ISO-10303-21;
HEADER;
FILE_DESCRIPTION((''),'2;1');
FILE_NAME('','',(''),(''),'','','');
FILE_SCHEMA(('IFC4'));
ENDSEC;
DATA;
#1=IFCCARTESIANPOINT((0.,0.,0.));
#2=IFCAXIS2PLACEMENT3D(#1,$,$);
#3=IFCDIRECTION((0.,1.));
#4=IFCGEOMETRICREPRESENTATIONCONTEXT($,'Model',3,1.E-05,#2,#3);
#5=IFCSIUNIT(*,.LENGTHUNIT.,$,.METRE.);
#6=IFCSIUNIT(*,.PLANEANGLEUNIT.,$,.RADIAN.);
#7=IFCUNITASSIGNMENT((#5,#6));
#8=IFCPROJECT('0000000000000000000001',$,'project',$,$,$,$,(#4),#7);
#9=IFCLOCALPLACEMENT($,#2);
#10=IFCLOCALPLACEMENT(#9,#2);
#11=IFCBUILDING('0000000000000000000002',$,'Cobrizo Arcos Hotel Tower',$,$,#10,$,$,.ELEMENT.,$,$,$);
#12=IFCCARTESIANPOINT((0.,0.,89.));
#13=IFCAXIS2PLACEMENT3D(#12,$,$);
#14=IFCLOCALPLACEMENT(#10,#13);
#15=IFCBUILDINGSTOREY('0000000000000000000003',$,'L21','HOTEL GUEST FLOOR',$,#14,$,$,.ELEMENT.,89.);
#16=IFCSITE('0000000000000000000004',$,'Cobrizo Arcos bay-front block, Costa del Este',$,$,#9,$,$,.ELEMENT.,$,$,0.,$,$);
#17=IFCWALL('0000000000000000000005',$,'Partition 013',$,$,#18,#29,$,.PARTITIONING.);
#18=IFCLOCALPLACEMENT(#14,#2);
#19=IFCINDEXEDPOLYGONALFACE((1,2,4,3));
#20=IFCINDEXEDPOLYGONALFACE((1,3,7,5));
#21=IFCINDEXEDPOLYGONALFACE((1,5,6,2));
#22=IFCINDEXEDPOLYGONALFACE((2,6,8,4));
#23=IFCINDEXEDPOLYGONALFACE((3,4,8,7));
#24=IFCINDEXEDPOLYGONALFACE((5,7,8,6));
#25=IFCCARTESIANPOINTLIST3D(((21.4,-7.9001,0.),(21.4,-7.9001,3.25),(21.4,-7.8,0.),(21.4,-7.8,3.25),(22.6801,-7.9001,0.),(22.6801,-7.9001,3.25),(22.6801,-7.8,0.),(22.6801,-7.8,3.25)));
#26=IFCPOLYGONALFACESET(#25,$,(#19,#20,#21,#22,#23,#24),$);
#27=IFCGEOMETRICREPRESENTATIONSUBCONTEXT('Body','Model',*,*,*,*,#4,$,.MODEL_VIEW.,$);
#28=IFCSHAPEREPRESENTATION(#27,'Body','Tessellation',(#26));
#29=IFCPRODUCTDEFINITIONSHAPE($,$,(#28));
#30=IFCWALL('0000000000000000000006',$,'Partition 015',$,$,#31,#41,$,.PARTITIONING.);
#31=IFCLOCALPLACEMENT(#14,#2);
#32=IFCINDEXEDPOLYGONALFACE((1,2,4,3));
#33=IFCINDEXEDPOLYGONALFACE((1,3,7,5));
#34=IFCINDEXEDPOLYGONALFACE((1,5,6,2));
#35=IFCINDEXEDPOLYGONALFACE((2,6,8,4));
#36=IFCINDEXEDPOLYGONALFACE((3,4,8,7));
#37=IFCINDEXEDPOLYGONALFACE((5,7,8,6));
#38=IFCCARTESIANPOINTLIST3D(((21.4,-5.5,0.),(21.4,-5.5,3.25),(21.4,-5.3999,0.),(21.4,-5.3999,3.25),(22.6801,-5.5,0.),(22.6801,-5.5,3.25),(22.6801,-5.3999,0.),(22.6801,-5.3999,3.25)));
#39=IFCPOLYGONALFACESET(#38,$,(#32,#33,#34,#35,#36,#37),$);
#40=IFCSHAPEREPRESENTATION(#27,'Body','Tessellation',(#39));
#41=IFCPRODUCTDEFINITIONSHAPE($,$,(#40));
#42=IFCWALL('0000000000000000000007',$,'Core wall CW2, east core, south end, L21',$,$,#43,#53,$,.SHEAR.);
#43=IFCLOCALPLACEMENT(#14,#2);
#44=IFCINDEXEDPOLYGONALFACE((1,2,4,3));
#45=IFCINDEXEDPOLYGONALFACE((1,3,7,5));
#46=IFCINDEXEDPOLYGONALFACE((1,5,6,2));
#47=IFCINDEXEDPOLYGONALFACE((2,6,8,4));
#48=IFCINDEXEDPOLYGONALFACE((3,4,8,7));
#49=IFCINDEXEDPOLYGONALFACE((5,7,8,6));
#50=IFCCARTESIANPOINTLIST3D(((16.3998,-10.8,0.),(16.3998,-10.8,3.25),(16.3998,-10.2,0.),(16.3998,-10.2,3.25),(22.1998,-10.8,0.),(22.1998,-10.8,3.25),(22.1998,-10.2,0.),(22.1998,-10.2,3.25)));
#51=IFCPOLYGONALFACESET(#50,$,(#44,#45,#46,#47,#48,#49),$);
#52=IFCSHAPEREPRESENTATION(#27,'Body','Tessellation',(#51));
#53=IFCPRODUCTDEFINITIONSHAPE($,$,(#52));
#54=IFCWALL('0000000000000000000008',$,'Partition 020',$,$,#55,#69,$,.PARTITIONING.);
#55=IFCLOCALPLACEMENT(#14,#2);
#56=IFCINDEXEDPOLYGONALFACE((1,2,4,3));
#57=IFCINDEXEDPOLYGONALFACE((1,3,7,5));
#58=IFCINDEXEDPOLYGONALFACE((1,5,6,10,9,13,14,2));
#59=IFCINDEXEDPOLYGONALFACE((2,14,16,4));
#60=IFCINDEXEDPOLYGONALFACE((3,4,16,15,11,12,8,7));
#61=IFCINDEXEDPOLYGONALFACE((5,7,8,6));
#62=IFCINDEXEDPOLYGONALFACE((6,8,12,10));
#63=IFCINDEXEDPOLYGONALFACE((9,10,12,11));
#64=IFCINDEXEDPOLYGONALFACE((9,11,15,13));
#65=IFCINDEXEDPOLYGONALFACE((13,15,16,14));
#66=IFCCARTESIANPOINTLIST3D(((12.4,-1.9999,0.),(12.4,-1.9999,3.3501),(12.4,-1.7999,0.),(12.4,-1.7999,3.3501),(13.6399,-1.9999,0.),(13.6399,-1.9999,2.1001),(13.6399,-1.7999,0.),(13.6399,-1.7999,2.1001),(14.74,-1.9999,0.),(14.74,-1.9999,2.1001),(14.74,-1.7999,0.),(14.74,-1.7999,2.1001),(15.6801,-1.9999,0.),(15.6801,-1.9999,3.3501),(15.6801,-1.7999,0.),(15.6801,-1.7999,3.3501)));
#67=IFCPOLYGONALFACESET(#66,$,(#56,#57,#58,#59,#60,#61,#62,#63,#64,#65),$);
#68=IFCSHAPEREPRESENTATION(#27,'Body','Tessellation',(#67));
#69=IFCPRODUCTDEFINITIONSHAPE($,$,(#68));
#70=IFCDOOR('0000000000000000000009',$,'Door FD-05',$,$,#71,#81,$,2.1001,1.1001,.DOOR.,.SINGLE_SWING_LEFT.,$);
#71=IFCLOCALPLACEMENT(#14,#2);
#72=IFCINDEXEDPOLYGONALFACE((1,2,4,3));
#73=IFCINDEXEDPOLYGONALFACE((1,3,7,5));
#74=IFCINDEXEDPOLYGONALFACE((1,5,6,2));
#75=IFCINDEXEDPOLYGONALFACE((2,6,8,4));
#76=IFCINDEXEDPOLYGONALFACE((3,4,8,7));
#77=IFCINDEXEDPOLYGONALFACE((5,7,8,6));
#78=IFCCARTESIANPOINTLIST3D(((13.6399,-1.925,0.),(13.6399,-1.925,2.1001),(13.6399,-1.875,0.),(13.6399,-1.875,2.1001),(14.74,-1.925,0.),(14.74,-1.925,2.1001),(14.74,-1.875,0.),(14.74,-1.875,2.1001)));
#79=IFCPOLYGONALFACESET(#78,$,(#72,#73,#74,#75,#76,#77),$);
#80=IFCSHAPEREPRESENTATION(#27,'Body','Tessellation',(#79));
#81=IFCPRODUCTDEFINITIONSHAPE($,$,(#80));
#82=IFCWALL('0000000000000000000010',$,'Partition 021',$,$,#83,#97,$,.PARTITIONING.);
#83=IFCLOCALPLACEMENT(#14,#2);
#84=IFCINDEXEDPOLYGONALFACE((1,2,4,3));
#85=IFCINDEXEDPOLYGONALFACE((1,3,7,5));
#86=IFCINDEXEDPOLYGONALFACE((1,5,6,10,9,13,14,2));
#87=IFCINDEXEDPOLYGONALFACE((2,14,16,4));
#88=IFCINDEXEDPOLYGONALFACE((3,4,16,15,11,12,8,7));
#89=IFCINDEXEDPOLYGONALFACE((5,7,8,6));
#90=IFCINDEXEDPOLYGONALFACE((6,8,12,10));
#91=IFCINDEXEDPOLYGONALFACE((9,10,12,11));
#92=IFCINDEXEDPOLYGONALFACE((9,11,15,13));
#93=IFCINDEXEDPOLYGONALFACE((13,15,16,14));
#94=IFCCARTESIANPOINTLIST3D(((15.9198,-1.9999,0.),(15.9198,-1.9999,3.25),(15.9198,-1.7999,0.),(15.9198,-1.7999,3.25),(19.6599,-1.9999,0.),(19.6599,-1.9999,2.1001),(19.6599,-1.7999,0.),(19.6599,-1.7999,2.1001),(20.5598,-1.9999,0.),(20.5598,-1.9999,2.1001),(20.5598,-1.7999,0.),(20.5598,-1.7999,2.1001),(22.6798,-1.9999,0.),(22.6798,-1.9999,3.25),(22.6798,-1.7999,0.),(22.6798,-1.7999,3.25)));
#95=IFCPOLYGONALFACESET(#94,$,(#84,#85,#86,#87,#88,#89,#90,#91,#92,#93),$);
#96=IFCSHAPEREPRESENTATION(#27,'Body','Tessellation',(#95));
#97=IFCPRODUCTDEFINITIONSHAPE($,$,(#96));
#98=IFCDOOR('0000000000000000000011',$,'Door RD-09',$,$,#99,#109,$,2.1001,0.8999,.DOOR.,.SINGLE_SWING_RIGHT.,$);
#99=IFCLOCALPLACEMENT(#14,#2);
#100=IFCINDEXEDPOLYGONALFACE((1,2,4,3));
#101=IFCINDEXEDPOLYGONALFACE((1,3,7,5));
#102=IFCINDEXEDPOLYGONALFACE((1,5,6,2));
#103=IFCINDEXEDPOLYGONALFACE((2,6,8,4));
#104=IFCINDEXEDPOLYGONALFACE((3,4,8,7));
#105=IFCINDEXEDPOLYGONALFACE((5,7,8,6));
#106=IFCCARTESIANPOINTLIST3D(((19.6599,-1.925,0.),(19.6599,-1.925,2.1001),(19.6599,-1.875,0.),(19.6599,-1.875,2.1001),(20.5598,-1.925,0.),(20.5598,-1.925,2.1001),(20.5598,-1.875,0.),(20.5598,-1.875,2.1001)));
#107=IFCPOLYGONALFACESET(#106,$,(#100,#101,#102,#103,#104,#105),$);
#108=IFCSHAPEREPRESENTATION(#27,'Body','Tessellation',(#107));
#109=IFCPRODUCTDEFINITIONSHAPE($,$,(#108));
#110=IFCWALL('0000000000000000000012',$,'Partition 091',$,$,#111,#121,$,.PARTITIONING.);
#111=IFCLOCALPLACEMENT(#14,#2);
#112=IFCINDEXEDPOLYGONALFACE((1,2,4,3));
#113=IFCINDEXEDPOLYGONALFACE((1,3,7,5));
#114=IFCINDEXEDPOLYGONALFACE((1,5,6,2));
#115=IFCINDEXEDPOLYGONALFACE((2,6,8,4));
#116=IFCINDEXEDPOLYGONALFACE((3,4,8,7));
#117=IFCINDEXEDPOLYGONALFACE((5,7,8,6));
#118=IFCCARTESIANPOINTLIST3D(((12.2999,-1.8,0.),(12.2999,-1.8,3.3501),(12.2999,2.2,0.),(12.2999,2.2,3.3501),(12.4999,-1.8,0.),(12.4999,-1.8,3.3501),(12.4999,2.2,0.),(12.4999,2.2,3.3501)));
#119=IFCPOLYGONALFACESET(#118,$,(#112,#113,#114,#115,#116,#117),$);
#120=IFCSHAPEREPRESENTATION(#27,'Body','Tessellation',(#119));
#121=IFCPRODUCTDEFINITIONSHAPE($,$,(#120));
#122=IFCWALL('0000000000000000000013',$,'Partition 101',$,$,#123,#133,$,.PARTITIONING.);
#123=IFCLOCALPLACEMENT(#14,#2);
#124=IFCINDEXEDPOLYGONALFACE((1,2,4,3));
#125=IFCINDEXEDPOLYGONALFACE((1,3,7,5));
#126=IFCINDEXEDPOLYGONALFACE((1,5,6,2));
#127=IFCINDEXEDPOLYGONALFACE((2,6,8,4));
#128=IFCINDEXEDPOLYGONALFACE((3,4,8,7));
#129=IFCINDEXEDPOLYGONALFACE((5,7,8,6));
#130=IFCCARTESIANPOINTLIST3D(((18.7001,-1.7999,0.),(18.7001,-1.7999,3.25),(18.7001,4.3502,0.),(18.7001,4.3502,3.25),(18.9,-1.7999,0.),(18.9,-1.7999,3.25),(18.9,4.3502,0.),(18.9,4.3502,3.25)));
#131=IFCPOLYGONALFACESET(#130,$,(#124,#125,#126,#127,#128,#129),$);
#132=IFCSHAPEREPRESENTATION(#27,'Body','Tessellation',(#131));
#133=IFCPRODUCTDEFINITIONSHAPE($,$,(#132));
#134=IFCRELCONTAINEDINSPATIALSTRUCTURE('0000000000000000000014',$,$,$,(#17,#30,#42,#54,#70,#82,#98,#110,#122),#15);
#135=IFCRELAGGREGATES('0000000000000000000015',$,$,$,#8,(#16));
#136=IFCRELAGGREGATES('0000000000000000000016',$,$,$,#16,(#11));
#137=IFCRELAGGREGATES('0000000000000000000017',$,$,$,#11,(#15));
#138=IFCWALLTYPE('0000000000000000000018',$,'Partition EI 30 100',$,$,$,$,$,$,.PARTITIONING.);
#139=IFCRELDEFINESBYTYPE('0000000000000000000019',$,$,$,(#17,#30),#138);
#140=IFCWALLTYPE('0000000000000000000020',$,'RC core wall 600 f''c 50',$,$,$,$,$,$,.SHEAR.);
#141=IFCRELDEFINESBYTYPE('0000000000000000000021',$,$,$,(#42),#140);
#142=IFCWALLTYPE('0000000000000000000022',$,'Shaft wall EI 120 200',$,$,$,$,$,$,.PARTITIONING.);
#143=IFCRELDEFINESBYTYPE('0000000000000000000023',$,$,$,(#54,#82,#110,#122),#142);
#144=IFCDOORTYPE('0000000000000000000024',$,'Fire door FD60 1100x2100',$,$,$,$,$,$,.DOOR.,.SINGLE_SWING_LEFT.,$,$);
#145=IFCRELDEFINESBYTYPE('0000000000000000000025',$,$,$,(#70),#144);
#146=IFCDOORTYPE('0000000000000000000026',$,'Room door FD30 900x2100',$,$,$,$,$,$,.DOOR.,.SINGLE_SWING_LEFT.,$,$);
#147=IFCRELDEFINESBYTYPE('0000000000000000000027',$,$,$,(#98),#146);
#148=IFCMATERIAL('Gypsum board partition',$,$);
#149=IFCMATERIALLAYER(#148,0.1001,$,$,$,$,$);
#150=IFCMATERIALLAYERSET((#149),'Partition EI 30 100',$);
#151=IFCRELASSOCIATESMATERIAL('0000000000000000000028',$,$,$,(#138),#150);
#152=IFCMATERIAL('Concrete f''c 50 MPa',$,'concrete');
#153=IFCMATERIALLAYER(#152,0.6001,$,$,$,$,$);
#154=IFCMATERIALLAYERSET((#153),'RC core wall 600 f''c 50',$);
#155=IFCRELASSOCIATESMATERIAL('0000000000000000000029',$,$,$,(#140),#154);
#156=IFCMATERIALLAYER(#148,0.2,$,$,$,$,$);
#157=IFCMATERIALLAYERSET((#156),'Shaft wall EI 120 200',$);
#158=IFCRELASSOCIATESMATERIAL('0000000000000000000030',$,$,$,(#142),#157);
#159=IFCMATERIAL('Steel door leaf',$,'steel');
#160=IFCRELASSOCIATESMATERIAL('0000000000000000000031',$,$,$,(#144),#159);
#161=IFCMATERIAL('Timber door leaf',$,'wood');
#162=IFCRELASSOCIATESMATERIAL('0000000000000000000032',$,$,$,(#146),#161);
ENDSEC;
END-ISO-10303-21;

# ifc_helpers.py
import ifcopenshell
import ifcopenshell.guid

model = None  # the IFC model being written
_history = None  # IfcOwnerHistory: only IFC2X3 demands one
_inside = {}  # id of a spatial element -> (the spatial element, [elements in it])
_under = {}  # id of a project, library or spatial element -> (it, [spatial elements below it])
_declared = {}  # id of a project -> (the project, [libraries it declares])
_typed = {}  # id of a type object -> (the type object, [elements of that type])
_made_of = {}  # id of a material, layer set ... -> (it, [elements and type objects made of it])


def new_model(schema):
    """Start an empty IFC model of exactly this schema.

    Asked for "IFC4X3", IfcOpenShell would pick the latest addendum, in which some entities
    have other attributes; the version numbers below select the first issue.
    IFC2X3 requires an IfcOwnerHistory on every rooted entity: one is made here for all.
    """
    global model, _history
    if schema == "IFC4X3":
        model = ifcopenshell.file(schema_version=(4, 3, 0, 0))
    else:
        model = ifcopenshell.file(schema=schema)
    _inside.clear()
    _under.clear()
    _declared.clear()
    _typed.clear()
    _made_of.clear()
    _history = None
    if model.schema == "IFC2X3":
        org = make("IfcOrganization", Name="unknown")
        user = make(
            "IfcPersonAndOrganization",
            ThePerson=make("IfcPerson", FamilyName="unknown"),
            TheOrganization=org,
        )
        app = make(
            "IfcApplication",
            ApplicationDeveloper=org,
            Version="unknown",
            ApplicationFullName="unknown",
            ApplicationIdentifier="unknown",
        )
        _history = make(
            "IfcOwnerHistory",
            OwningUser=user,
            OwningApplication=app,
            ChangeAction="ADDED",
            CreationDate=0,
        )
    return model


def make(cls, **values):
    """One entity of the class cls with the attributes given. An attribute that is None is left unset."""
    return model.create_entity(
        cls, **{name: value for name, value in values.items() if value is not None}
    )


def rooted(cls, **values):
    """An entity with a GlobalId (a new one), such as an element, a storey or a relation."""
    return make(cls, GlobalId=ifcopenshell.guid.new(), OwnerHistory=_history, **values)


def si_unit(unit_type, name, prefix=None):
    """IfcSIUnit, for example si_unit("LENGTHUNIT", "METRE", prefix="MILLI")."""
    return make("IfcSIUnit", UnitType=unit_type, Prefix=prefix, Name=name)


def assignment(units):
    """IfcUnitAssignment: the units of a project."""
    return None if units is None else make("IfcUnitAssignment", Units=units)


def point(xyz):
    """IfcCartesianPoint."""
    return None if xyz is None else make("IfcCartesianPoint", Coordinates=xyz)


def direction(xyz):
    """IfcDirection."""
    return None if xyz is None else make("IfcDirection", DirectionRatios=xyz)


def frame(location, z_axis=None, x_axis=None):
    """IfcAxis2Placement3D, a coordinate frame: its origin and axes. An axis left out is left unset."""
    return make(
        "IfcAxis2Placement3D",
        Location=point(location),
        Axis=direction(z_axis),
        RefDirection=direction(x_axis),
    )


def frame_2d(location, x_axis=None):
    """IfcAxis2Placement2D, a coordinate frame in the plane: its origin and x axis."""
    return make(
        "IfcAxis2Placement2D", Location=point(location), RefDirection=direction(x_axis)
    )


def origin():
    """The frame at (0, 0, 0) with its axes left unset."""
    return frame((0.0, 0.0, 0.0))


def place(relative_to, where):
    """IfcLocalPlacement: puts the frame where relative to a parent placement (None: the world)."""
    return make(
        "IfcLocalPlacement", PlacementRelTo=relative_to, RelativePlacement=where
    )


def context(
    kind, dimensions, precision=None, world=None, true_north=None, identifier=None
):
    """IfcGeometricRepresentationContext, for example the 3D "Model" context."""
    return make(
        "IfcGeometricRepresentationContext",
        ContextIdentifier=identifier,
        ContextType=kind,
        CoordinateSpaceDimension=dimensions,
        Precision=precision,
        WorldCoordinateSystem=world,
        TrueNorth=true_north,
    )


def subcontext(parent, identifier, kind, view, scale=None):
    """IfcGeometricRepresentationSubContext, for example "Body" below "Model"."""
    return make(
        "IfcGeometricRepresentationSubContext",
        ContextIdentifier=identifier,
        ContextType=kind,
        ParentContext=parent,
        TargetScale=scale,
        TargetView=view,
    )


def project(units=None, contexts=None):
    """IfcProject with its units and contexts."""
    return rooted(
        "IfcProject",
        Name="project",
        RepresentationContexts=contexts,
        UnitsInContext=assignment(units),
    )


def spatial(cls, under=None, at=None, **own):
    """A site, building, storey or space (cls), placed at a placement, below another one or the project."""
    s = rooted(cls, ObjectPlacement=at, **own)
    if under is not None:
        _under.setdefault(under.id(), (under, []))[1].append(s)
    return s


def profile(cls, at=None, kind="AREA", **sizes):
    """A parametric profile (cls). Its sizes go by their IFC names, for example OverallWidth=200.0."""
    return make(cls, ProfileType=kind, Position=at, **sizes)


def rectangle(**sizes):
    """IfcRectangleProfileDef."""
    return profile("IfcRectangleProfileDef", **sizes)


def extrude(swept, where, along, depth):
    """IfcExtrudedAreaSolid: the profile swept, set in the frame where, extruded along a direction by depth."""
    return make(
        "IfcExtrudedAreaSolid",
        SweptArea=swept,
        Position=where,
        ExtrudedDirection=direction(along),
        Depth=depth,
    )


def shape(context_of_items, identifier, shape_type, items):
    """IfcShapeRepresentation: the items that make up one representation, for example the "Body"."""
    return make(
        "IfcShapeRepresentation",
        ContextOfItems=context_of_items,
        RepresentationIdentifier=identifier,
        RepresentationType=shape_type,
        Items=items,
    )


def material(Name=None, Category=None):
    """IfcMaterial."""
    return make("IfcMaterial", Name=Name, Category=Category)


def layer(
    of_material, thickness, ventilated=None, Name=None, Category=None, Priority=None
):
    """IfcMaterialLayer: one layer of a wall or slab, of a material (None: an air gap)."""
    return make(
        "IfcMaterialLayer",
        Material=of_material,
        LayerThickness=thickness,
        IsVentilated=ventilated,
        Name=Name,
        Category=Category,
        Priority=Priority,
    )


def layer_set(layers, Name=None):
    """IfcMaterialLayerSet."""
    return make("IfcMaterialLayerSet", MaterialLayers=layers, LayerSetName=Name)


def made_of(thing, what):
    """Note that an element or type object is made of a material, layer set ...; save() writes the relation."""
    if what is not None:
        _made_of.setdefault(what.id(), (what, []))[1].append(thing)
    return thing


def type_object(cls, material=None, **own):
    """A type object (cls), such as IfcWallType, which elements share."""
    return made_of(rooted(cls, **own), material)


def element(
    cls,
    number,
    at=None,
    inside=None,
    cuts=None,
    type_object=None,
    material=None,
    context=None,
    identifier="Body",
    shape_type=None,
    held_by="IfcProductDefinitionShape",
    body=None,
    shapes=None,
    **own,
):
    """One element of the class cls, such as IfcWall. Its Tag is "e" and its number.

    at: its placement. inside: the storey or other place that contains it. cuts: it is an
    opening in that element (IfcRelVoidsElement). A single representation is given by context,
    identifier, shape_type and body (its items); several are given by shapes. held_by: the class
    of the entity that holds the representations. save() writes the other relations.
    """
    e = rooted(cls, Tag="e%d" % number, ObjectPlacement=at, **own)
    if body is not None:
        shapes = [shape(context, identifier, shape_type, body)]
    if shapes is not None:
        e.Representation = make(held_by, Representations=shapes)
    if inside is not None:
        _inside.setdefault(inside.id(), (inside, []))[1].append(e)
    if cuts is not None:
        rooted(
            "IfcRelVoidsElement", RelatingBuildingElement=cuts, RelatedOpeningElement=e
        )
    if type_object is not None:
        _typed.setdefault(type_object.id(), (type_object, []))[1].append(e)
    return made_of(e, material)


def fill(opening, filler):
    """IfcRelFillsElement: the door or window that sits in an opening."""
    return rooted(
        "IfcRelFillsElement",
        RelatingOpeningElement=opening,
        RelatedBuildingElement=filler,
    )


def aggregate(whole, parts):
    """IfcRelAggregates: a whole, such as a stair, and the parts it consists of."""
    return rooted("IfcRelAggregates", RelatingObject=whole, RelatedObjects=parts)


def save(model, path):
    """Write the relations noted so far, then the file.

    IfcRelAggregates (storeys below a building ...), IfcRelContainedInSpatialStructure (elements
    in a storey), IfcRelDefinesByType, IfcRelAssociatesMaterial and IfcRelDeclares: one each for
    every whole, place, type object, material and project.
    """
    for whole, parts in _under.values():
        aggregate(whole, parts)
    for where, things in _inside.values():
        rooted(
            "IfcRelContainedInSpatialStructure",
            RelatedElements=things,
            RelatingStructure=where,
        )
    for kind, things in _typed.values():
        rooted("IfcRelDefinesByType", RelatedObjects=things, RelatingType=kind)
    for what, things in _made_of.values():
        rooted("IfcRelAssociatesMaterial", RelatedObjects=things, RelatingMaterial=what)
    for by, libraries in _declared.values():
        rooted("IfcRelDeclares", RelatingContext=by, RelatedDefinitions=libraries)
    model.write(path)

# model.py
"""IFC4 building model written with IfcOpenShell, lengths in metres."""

from ifc_helpers import new_model, si_unit, direction, frame, frame_2d, origin, place, context, subcontext, project, spatial, rectangle, extrude, material, layer, layer_set, type_object, element, fill, save


model = new_model("IFC4")

# Units and contexts
model_context = context("Model", 3, precision=1e-05, world=origin(), true_north=direction((0.0, 1.0)))
body_context = subcontext(model_context, "Body", "Model", "MODEL_VIEW")
ifc_project = project(units=[si_unit("LENGTHUNIT", "METRE"), si_unit("PLANEANGLEUNIT", "RADIAN")], contexts=[model_context])

# Site, building, storey
site_placement = place(None, origin())
site = spatial("IfcSite", under=ifc_project, at=site_placement, Name="Cobrizo Arcos bay-front block, Costa del Este", CompositionType="ELEMENT", RefElevation=0.0)
building_placement = place(site_placement, origin())
building = spatial("IfcBuilding", under=site, at=building_placement, Name="Cobrizo Arcos Hotel Tower", CompositionType="ELEMENT")
storey_placement = place(building_placement, frame((0.0, 0.0, 89.0)))
storey = spatial("IfcBuildingStorey", under=building, at=storey_placement, Name="L21", Description="HOTEL GUEST FLOOR", CompositionType="ELEMENT", Elevation=89.0)

# Walls
ifc_material_1 = material(Name="Gypsum board partition")
ifc_layer_1 = layer(ifc_material_1, 0.1001)
ifc_layer_set_1 = layer_set([ifc_layer_1], Name="Partition EI 30 100")
wall_type_1 = type_object("IfcWallType", Name="Partition EI 30 100", PredefinedType="PARTITIONING", material=ifc_layer_set_1)
for number, where, z_axis, x_axis, name in (
    (1, (21.3999, -7.8501, 0.0), (0.0, 0.0, 1.0), (1.0, 0.0, 0.0), "Partition 013"),
    (2, (21.3999, -5.45, 0.0), (0.0, 0.0, 1.0), (1.0, 0.0, 0.0), "Partition 015"),
):
    element("IfcWall", number, at=place(storey_placement, frame(where, z_axis=z_axis, x_axis=x_axis)), inside=storey, type_object=wall_type_1, Name=name, PredefinedType="PARTITIONING", context=body_context, shape_type="SweptSolid", body=[
        extrude(rectangle(XDim=1.28, YDim=0.1001, at=frame_2d((0.6401, 0.0))), origin(), (0.0, 0.0, 1.0), 3.25),
    ])
ifc_material_2 = material(Name="Concrete f'c 50 MPa", Category="concrete")
ifc_layer_2 = layer(ifc_material_2, 0.6001)
ifc_layer_set_2 = layer_set([ifc_layer_2], Name="RC core wall 600 f'c 50")
wall_type_2 = type_object("IfcWallType", Name="RC core wall 600 f'c 50", PredefinedType="SHEAR", material=ifc_layer_set_2)
wall_1_placement = place(storey_placement, frame((16.3999, -10.5, 0.0), z_axis=(0.0, 0.0, 1.0), x_axis=(1.0, 0.0, 0.0)))
element("IfcWall", 3, at=wall_1_placement, inside=storey, type_object=wall_type_2, Name="Core wall CW2, east core, south end, L21", PredefinedType="SHEAR", context=body_context, shape_type="SweptSolid", body=[
    extrude(rectangle(XDim=5.8, YDim=0.6001, at=frame_2d((2.8999, 0.0))), origin(), (0.0, 0.0, 1.0), 3.25),
])

# Walls, openings, doors
ifc_layer_3 = layer(ifc_material_1, 0.2)
ifc_layer_set_3 = layer_set([ifc_layer_3], Name="Shaft wall EI 120 200")
wall_type_3 = type_object("IfcWallType", Name="Shaft wall EI 120 200", PredefinedType="PARTITIONING", material=ifc_layer_set_3)
wall_2_placement = place(storey_placement, frame((12.3999, -1.8999, 0.0), z_axis=(0.0, 0.0, 1.0), x_axis=(1.0, 0.0, 0.0)))
wall_2 = element("IfcWall", 4, at=wall_2_placement, inside=storey, type_object=wall_type_3, Name="Partition 020", PredefinedType="PARTITIONING", context=body_context, shape_type="SweptSolid", body=[
    extrude(rectangle(XDim=3.28, YDim=0.2, at=frame_2d((1.6401, 0.0))), origin(), (0.0, 0.0, 1.0), 3.3501),
])
opening_1_placement = place(wall_2_placement, frame((1.24, 0.0, 0.0)))
opening_1 = element("IfcOpeningElement", 5, at=opening_1_placement, cuts=wall_2, PredefinedType="OPENING", context=body_context, shape_type="SweptSolid", body=[
    extrude(rectangle(XDim=1.1001, YDim=2.1001, at=frame_2d((0.55, 1.05))), frame((0.0, 0.1121, 0.0), z_axis=(0.0, -1.0, 0.0), x_axis=(1.0, 0.0, 0.0)), (0.0, 0.0, 1.0), 0.2239),
])
ifc_material_3 = material(Name="Steel door leaf", Category="steel")
door_type_1 = type_object("IfcDoorType", Name="Fire door FD60 1100x2100", OperationType="SINGLE_SWING_LEFT", PredefinedType="DOOR", material=ifc_material_3)
door_1_placement = place(opening_1_placement, origin())
door_1 = element("IfcDoor", 6, at=door_1_placement, inside=storey, type_object=door_type_1, Name="Door FD-05", OperationType="SINGLE_SWING_LEFT", OverallHeight=2.1001, OverallWidth=1.1001, PredefinedType="DOOR", context=body_context, shape_type="SweptSolid", body=[
    extrude(rectangle(XDim=1.1001, YDim=2.1001, at=frame_2d((0.55, 1.05))), frame((0.0, 0.0249, 0.0), z_axis=(0.0, -1.0, 0.0), x_axis=(1.0, 0.0, 0.0)), (0.0, 0.0, 1.0), 0.05),
])
fill(opening_1, door_1)
wall_3_placement = place(storey_placement, frame((15.9199, -1.8999, 0.0), z_axis=(0.0, 0.0, 1.0), x_axis=(1.0, 0.0, 0.0)))
wall_3 = element("IfcWall", 7, at=wall_3_placement, inside=storey, type_object=wall_type_3, Name="Partition 021", PredefinedType="PARTITIONING", context=body_context, shape_type="SweptSolid", body=[
    extrude(rectangle(XDim=6.76, YDim=0.2, at=frame_2d((3.3799, 0.0))), origin(), (0.0, 0.0, 1.0), 3.25),
])
opening_2_placement = place(wall_3_placement, frame((3.74, 0.0, 0.0)))
opening_2 = element("IfcOpeningElement", 8, at=opening_2_placement, cuts=wall_3, PredefinedType="OPENING", context=body_context, shape_type="SweptSolid", body=[
    extrude(rectangle(XDim=0.8999, YDim=2.1001, at=frame_2d((0.45, 1.05))), frame((0.0, 0.1121, 0.0), z_axis=(0.0, -1.0, 0.0), x_axis=(1.0, 0.0, 0.0)), (0.0, 0.0, 1.0), 0.2239),
])
ifc_material_4 = material(Name="Timber door leaf", Category="wood")
door_type_2 = type_object("IfcDoorType", Name="Room door FD30 900x2100", OperationType="SINGLE_SWING_LEFT", PredefinedType="DOOR", material=ifc_material_4)
door_2_placement = place(opening_2_placement, origin())
door_2 = element("IfcDoor", 9, at=door_2_placement, inside=storey, type_object=door_type_2, Name="Door RD-09", OperationType="SINGLE_SWING_RIGHT", OverallHeight=2.1001, OverallWidth=0.8999, PredefinedType="DOOR", context=body_context, shape_type="SweptSolid", body=[
    extrude(rectangle(XDim=0.8999, YDim=2.1001, at=frame_2d((0.45, 1.05))), frame((0.0, 0.0249, 0.0), z_axis=(0.0, -1.0, 0.0), x_axis=(1.0, 0.0, 0.0)), (0.0, 0.0, 1.0), 0.05),
])
fill(opening_2, door_2)

# Walls
wall_4_placement = place(storey_placement, frame((12.3999, -1.8, 0.0), z_axis=(0.0, 0.0, 1.0), x_axis=(0.0, 1.0, 0.0)))
element("IfcWall", 10, at=wall_4_placement, inside=storey, type_object=wall_type_3, Name="Partition 091", PredefinedType="PARTITIONING", context=body_context, shape_type="SweptSolid", body=[
    extrude(rectangle(XDim=4.0, YDim=0.2, at=frame_2d((2.0, 0.0))), origin(), (0.0, 0.0, 1.0), 3.3501),
])
wall_5_placement = place(storey_placement, frame((18.8, -1.8, 0.0), z_axis=(0.0, 0.0, 1.0), x_axis=(0.0, 1.0, 0.0)))
element("IfcWall", 11, at=wall_5_placement, inside=storey, type_object=wall_type_3, Name="Partition 101", PredefinedType="PARTITIONING", context=body_context, shape_type="SweptSolid", body=[
    extrude(rectangle(XDim=6.1501, YDim=0.2, at=frame_2d((3.0752, 0.0))), origin(), (0.0, 0.0, 1.0), 3.25),
])

save(model, "model.ifc")
